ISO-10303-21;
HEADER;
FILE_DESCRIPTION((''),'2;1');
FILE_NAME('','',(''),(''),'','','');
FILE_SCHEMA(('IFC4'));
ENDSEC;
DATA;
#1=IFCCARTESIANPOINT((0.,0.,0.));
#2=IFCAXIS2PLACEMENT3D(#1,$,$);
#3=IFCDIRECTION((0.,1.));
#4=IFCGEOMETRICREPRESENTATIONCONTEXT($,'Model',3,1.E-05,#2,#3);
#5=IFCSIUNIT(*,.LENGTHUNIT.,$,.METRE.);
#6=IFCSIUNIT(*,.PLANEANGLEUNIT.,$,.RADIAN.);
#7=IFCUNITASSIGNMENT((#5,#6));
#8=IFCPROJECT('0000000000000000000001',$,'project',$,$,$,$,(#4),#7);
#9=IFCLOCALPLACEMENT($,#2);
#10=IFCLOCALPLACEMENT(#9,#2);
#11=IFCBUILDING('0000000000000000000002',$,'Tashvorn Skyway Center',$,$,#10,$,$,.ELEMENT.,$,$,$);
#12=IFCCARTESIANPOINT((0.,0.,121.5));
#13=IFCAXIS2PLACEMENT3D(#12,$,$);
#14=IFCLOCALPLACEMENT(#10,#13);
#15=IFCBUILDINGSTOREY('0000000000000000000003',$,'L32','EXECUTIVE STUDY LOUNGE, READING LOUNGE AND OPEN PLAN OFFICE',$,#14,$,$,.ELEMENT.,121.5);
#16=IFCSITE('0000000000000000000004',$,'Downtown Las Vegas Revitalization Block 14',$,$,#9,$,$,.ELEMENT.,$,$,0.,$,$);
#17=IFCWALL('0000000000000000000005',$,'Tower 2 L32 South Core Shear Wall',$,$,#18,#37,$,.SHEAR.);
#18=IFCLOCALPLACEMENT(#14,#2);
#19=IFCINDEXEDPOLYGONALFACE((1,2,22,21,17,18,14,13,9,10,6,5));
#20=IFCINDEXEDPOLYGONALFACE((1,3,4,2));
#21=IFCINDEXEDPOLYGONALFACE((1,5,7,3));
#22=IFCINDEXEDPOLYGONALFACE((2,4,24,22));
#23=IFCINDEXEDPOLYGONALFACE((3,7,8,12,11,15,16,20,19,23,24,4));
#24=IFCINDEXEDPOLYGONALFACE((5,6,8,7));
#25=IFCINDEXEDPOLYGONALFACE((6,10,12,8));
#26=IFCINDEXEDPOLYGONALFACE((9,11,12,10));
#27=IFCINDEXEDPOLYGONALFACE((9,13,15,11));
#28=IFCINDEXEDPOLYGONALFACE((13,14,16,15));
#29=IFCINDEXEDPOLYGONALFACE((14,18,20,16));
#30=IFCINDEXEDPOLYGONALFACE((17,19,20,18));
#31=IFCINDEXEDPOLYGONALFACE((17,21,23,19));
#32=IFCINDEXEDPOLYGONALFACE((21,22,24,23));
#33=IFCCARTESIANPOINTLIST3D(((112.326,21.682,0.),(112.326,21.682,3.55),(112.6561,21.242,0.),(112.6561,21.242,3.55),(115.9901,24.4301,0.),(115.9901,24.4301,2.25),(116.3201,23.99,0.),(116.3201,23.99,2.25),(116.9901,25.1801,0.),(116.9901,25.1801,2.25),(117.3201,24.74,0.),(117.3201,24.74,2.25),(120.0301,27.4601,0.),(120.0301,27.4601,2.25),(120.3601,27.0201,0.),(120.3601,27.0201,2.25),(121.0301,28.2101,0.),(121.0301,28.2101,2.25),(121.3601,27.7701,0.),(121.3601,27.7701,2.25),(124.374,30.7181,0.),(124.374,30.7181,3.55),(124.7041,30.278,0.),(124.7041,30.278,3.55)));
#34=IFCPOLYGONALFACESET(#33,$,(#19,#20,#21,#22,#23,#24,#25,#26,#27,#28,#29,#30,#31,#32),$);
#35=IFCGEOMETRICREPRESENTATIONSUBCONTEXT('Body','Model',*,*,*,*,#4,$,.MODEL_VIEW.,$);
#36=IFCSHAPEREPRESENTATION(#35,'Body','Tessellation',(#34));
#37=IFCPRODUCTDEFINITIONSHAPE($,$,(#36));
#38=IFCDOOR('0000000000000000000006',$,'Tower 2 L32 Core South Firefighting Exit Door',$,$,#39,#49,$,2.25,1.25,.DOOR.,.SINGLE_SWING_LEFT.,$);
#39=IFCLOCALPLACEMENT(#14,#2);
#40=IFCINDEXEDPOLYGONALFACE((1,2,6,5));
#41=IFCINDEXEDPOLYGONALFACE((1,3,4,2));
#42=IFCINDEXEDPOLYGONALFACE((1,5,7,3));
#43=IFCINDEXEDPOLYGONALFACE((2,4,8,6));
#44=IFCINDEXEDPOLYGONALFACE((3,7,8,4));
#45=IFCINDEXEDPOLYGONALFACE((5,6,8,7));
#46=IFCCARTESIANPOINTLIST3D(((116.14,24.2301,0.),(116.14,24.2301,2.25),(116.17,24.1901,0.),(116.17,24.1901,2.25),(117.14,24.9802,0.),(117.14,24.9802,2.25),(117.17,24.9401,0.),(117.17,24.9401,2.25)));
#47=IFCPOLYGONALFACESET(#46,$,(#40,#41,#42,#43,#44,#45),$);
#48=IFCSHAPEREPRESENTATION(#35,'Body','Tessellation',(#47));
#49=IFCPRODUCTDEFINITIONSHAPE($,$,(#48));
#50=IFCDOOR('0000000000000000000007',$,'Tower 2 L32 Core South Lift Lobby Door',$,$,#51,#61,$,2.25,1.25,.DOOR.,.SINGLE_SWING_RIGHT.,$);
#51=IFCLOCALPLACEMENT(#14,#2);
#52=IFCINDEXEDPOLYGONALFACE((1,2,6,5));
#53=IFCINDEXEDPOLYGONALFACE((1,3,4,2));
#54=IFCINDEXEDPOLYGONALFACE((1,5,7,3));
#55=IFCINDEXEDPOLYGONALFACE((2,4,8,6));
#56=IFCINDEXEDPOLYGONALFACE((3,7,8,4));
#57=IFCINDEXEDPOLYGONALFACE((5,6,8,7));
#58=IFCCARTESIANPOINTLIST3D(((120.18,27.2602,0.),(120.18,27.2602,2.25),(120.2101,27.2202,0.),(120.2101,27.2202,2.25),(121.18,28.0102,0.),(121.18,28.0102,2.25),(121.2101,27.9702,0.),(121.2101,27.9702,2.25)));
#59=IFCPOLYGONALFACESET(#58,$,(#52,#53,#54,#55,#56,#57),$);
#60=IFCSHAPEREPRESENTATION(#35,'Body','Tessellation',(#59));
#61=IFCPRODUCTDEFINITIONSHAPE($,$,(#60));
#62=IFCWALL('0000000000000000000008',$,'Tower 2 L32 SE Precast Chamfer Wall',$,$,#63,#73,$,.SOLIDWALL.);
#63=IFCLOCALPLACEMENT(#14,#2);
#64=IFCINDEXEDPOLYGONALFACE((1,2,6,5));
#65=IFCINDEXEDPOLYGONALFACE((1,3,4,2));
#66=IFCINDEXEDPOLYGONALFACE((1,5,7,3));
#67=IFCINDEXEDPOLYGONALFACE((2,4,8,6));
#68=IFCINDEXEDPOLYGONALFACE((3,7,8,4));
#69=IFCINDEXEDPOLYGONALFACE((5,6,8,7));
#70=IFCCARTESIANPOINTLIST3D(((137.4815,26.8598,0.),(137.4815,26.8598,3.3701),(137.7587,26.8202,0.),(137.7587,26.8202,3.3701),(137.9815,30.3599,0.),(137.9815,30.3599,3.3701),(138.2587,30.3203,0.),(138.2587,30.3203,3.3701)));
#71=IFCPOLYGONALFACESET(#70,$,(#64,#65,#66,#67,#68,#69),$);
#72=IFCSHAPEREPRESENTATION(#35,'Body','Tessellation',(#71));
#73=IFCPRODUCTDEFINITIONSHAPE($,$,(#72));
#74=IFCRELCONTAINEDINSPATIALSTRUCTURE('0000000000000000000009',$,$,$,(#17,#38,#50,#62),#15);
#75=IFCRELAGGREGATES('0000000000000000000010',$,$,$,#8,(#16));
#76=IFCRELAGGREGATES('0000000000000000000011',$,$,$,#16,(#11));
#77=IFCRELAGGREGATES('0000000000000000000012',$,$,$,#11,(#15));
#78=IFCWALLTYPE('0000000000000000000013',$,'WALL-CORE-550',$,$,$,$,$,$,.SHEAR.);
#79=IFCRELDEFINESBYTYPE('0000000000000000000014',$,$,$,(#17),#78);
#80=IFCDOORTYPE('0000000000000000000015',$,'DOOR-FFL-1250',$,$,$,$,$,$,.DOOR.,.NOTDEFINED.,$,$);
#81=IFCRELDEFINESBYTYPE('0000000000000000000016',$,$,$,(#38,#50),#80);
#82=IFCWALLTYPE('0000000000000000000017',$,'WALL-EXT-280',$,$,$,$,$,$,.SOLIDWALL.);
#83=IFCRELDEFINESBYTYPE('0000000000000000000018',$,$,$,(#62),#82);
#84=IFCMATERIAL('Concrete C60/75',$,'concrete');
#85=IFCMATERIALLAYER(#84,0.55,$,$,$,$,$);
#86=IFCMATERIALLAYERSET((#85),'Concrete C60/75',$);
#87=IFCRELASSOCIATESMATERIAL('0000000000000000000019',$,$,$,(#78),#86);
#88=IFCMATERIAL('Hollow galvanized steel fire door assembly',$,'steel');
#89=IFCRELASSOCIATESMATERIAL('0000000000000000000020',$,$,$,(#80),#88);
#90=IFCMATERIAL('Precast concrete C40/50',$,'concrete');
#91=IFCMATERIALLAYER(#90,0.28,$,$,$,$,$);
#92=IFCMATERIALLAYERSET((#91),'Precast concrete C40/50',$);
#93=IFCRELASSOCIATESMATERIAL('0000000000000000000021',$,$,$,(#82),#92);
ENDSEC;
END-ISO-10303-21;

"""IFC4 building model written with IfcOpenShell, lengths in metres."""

from ifc_helpers import new_model, si_unit, direction, frame, frame_2d, origin, place, context, subcontext, project, spatial, rectangle, extrude, material, layer, layer_set, type_object, element, fill, save


model = new_model("IFC4")

# Units and contexts
model_context = context("Model", 3, precision=1e-05, world=origin(), true_north=direction((0.0, 1.0)))
body_context = subcontext(model_context, "Body", "Model", "MODEL_VIEW")
ifc_project = project(units=[si_unit("LENGTHUNIT", "METRE"), si_unit("PLANEANGLEUNIT", "RADIAN")], contexts=[model_context])

# Site, building, storey
site_placement = place(None, origin())
site = spatial("IfcSite", under=ifc_project, at=site_placement, Name="Downtown Las Vegas Revitalization Block 14", CompositionType="ELEMENT", RefElevation=0.0)
building_placement = place(site_placement, origin())
building = spatial("IfcBuilding", under=site, at=building_placement, Name="Tashvorn Skyway Center", CompositionType="ELEMENT")
storey_placement = place(building_placement, frame((0.0, 0.0, 121.5)))
storey = spatial("IfcBuildingStorey", under=building, at=storey_placement, Name="L32", Description="EXECUTIVE STUDY LOUNGE, READING LOUNGE AND OPEN PLAN OFFICE", CompositionType="ELEMENT", Elevation=121.5)

# Wall, openings, doors
ifc_material_1 = material(Name="Concrete C60/75", Category="concrete")
ifc_layer_1 = layer(ifc_material_1, 0.55)
ifc_layer_set_1 = layer_set([ifc_layer_1], Name="Concrete C60/75")
wall_type_1 = type_object("IfcWallType", Name="WALL-CORE-550", PredefinedType="SHEAR", material=ifc_layer_set_1)
wall_1_placement = place(storey_placement, frame((124.5391, 30.498, 0.0), z_axis=(0.0, 0.0, 1.0), x_axis=(-0.799998, -0.600003, 0.0)))
wall_1 = element("IfcWall", 1, at=wall_1_placement, inside=storey, type_object=wall_type_1, Name="Tower 2 L32 South Core Shear Wall", PredefinedType="SHEAR", context=body_context, shape_type="SweptSolid", body=[
    extrude(rectangle(XDim=15.0601, YDim=0.55, at=frame_2d((7.53, 0.0))), origin(), (0.0, 0.0, 1.0), 3.55),
])
opening_1_placement = place(wall_1_placement, frame((9.23, 0.0, 0.0)))
opening_1 = element("IfcOpeningElement", 2, at=opening_1_placement, cuts=wall_1, PredefinedType="OPENING", context=body_context, shape_type="SweptSolid", body=[
    extrude(rectangle(XDim=1.25, YDim=2.25, at=frame_2d((0.625, 1.125))), frame((0.0, 0.2849, 0.0), z_axis=(0.0, -1.0, 0.0), x_axis=(1.0, 0.0, 0.0)), (0.0, 0.0, 1.0), 0.5701),
])
opening_2_placement = place(wall_1_placement, frame((4.1799, 0.0, 0.0)))
opening_2 = element("IfcOpeningElement", 3, at=opening_2_placement, cuts=wall_1, PredefinedType="OPENING", context=body_context, shape_type="SweptSolid", body=[
    extrude(rectangle(XDim=1.25, YDim=2.25, at=frame_2d((0.625, 1.125))), frame((0.0, 0.2849, 0.0), z_axis=(0.0, -1.0, 0.0), x_axis=(1.0, 0.0, 0.0)), (0.0, 0.0, 1.0), 0.5701),
])
ifc_material_2 = material(Name="Hollow galvanized steel fire door assembly", Category="steel")
door_type_1 = type_object("IfcDoorType", Name="DOOR-FFL-1250", OperationType="NOTDEFINED", PredefinedType="DOOR", material=ifc_material_2)
door_1_placement = place(opening_1_placement, origin())
door_1 = element("IfcDoor", 4, at=door_1_placement, inside=storey, type_object=door_type_1, Name="Tower 2 L32 Core South Firefighting Exit Door", OperationType="SINGLE_SWING_LEFT", OverallHeight=2.25, OverallWidth=1.25, PredefinedType="DOOR", context=body_context, shape_type="SweptSolid", body=[
    extrude(rectangle(XDim=1.25, YDim=2.25, at=frame_2d((0.625, 1.125))), frame((0.0, 0.0249, 0.0), z_axis=(0.0, -1.0, 0.0), x_axis=(1.0, 0.0, 0.0)), (0.0, 0.0, 1.0), 0.05),
])
fill(opening_1, door_1)
door_2_placement = place(opening_2_placement, origin())
door_2 = element("IfcDoor", 5, at=door_2_placement, inside=storey, type_object=door_type_1, Name="Tower 2 L32 Core South Lift Lobby Door", OperationType="SINGLE_SWING_RIGHT", OverallHeight=2.25, OverallWidth=1.25, PredefinedType="DOOR", context=body_context, shape_type="SweptSolid", body=[
    extrude(rectangle(XDim=1.25, YDim=2.25, at=frame_2d((0.625, 1.125))), frame((0.0, 0.0249, 0.0), z_axis=(0.0, -1.0, 0.0), x_axis=(1.0, 0.0, 0.0)), (0.0, 0.0, 1.0), 0.05),
])
fill(opening_2, door_2)

# Wall
ifc_material_3 = material(Name="Precast concrete C40/50", Category="concrete")
ifc_layer_2 = layer(ifc_material_3, 0.28)
ifc_layer_set_2 = layer_set([ifc_layer_2], Name="Precast concrete C40/50")
wall_type_2 = type_object("IfcWallType", Name="WALL-EXT-280", PredefinedType="SOLIDWALL", material=ifc_layer_set_2)
wall_2_placement = place(storey_placement, frame((138.1201, 30.3401, 0.0), z_axis=(0.0, 0.0, 1.0), x_axis=(-0.141421, -0.989949, 0.0)))
element("IfcWall", 6, at=wall_2_placement, inside=storey, type_object=wall_type_2, Name="Tower 2 L32 SE Precast Chamfer Wall", PredefinedType="SOLIDWALL", context=body_context, shape_type="SweptSolid", body=[
    extrude(rectangle(XDim=3.5356, YDim=0.28, at=frame_2d((1.7678, 0.0))), origin(), (0.0, 0.0, 1.0), 3.3701),
])

save(model, "model.ifc")
